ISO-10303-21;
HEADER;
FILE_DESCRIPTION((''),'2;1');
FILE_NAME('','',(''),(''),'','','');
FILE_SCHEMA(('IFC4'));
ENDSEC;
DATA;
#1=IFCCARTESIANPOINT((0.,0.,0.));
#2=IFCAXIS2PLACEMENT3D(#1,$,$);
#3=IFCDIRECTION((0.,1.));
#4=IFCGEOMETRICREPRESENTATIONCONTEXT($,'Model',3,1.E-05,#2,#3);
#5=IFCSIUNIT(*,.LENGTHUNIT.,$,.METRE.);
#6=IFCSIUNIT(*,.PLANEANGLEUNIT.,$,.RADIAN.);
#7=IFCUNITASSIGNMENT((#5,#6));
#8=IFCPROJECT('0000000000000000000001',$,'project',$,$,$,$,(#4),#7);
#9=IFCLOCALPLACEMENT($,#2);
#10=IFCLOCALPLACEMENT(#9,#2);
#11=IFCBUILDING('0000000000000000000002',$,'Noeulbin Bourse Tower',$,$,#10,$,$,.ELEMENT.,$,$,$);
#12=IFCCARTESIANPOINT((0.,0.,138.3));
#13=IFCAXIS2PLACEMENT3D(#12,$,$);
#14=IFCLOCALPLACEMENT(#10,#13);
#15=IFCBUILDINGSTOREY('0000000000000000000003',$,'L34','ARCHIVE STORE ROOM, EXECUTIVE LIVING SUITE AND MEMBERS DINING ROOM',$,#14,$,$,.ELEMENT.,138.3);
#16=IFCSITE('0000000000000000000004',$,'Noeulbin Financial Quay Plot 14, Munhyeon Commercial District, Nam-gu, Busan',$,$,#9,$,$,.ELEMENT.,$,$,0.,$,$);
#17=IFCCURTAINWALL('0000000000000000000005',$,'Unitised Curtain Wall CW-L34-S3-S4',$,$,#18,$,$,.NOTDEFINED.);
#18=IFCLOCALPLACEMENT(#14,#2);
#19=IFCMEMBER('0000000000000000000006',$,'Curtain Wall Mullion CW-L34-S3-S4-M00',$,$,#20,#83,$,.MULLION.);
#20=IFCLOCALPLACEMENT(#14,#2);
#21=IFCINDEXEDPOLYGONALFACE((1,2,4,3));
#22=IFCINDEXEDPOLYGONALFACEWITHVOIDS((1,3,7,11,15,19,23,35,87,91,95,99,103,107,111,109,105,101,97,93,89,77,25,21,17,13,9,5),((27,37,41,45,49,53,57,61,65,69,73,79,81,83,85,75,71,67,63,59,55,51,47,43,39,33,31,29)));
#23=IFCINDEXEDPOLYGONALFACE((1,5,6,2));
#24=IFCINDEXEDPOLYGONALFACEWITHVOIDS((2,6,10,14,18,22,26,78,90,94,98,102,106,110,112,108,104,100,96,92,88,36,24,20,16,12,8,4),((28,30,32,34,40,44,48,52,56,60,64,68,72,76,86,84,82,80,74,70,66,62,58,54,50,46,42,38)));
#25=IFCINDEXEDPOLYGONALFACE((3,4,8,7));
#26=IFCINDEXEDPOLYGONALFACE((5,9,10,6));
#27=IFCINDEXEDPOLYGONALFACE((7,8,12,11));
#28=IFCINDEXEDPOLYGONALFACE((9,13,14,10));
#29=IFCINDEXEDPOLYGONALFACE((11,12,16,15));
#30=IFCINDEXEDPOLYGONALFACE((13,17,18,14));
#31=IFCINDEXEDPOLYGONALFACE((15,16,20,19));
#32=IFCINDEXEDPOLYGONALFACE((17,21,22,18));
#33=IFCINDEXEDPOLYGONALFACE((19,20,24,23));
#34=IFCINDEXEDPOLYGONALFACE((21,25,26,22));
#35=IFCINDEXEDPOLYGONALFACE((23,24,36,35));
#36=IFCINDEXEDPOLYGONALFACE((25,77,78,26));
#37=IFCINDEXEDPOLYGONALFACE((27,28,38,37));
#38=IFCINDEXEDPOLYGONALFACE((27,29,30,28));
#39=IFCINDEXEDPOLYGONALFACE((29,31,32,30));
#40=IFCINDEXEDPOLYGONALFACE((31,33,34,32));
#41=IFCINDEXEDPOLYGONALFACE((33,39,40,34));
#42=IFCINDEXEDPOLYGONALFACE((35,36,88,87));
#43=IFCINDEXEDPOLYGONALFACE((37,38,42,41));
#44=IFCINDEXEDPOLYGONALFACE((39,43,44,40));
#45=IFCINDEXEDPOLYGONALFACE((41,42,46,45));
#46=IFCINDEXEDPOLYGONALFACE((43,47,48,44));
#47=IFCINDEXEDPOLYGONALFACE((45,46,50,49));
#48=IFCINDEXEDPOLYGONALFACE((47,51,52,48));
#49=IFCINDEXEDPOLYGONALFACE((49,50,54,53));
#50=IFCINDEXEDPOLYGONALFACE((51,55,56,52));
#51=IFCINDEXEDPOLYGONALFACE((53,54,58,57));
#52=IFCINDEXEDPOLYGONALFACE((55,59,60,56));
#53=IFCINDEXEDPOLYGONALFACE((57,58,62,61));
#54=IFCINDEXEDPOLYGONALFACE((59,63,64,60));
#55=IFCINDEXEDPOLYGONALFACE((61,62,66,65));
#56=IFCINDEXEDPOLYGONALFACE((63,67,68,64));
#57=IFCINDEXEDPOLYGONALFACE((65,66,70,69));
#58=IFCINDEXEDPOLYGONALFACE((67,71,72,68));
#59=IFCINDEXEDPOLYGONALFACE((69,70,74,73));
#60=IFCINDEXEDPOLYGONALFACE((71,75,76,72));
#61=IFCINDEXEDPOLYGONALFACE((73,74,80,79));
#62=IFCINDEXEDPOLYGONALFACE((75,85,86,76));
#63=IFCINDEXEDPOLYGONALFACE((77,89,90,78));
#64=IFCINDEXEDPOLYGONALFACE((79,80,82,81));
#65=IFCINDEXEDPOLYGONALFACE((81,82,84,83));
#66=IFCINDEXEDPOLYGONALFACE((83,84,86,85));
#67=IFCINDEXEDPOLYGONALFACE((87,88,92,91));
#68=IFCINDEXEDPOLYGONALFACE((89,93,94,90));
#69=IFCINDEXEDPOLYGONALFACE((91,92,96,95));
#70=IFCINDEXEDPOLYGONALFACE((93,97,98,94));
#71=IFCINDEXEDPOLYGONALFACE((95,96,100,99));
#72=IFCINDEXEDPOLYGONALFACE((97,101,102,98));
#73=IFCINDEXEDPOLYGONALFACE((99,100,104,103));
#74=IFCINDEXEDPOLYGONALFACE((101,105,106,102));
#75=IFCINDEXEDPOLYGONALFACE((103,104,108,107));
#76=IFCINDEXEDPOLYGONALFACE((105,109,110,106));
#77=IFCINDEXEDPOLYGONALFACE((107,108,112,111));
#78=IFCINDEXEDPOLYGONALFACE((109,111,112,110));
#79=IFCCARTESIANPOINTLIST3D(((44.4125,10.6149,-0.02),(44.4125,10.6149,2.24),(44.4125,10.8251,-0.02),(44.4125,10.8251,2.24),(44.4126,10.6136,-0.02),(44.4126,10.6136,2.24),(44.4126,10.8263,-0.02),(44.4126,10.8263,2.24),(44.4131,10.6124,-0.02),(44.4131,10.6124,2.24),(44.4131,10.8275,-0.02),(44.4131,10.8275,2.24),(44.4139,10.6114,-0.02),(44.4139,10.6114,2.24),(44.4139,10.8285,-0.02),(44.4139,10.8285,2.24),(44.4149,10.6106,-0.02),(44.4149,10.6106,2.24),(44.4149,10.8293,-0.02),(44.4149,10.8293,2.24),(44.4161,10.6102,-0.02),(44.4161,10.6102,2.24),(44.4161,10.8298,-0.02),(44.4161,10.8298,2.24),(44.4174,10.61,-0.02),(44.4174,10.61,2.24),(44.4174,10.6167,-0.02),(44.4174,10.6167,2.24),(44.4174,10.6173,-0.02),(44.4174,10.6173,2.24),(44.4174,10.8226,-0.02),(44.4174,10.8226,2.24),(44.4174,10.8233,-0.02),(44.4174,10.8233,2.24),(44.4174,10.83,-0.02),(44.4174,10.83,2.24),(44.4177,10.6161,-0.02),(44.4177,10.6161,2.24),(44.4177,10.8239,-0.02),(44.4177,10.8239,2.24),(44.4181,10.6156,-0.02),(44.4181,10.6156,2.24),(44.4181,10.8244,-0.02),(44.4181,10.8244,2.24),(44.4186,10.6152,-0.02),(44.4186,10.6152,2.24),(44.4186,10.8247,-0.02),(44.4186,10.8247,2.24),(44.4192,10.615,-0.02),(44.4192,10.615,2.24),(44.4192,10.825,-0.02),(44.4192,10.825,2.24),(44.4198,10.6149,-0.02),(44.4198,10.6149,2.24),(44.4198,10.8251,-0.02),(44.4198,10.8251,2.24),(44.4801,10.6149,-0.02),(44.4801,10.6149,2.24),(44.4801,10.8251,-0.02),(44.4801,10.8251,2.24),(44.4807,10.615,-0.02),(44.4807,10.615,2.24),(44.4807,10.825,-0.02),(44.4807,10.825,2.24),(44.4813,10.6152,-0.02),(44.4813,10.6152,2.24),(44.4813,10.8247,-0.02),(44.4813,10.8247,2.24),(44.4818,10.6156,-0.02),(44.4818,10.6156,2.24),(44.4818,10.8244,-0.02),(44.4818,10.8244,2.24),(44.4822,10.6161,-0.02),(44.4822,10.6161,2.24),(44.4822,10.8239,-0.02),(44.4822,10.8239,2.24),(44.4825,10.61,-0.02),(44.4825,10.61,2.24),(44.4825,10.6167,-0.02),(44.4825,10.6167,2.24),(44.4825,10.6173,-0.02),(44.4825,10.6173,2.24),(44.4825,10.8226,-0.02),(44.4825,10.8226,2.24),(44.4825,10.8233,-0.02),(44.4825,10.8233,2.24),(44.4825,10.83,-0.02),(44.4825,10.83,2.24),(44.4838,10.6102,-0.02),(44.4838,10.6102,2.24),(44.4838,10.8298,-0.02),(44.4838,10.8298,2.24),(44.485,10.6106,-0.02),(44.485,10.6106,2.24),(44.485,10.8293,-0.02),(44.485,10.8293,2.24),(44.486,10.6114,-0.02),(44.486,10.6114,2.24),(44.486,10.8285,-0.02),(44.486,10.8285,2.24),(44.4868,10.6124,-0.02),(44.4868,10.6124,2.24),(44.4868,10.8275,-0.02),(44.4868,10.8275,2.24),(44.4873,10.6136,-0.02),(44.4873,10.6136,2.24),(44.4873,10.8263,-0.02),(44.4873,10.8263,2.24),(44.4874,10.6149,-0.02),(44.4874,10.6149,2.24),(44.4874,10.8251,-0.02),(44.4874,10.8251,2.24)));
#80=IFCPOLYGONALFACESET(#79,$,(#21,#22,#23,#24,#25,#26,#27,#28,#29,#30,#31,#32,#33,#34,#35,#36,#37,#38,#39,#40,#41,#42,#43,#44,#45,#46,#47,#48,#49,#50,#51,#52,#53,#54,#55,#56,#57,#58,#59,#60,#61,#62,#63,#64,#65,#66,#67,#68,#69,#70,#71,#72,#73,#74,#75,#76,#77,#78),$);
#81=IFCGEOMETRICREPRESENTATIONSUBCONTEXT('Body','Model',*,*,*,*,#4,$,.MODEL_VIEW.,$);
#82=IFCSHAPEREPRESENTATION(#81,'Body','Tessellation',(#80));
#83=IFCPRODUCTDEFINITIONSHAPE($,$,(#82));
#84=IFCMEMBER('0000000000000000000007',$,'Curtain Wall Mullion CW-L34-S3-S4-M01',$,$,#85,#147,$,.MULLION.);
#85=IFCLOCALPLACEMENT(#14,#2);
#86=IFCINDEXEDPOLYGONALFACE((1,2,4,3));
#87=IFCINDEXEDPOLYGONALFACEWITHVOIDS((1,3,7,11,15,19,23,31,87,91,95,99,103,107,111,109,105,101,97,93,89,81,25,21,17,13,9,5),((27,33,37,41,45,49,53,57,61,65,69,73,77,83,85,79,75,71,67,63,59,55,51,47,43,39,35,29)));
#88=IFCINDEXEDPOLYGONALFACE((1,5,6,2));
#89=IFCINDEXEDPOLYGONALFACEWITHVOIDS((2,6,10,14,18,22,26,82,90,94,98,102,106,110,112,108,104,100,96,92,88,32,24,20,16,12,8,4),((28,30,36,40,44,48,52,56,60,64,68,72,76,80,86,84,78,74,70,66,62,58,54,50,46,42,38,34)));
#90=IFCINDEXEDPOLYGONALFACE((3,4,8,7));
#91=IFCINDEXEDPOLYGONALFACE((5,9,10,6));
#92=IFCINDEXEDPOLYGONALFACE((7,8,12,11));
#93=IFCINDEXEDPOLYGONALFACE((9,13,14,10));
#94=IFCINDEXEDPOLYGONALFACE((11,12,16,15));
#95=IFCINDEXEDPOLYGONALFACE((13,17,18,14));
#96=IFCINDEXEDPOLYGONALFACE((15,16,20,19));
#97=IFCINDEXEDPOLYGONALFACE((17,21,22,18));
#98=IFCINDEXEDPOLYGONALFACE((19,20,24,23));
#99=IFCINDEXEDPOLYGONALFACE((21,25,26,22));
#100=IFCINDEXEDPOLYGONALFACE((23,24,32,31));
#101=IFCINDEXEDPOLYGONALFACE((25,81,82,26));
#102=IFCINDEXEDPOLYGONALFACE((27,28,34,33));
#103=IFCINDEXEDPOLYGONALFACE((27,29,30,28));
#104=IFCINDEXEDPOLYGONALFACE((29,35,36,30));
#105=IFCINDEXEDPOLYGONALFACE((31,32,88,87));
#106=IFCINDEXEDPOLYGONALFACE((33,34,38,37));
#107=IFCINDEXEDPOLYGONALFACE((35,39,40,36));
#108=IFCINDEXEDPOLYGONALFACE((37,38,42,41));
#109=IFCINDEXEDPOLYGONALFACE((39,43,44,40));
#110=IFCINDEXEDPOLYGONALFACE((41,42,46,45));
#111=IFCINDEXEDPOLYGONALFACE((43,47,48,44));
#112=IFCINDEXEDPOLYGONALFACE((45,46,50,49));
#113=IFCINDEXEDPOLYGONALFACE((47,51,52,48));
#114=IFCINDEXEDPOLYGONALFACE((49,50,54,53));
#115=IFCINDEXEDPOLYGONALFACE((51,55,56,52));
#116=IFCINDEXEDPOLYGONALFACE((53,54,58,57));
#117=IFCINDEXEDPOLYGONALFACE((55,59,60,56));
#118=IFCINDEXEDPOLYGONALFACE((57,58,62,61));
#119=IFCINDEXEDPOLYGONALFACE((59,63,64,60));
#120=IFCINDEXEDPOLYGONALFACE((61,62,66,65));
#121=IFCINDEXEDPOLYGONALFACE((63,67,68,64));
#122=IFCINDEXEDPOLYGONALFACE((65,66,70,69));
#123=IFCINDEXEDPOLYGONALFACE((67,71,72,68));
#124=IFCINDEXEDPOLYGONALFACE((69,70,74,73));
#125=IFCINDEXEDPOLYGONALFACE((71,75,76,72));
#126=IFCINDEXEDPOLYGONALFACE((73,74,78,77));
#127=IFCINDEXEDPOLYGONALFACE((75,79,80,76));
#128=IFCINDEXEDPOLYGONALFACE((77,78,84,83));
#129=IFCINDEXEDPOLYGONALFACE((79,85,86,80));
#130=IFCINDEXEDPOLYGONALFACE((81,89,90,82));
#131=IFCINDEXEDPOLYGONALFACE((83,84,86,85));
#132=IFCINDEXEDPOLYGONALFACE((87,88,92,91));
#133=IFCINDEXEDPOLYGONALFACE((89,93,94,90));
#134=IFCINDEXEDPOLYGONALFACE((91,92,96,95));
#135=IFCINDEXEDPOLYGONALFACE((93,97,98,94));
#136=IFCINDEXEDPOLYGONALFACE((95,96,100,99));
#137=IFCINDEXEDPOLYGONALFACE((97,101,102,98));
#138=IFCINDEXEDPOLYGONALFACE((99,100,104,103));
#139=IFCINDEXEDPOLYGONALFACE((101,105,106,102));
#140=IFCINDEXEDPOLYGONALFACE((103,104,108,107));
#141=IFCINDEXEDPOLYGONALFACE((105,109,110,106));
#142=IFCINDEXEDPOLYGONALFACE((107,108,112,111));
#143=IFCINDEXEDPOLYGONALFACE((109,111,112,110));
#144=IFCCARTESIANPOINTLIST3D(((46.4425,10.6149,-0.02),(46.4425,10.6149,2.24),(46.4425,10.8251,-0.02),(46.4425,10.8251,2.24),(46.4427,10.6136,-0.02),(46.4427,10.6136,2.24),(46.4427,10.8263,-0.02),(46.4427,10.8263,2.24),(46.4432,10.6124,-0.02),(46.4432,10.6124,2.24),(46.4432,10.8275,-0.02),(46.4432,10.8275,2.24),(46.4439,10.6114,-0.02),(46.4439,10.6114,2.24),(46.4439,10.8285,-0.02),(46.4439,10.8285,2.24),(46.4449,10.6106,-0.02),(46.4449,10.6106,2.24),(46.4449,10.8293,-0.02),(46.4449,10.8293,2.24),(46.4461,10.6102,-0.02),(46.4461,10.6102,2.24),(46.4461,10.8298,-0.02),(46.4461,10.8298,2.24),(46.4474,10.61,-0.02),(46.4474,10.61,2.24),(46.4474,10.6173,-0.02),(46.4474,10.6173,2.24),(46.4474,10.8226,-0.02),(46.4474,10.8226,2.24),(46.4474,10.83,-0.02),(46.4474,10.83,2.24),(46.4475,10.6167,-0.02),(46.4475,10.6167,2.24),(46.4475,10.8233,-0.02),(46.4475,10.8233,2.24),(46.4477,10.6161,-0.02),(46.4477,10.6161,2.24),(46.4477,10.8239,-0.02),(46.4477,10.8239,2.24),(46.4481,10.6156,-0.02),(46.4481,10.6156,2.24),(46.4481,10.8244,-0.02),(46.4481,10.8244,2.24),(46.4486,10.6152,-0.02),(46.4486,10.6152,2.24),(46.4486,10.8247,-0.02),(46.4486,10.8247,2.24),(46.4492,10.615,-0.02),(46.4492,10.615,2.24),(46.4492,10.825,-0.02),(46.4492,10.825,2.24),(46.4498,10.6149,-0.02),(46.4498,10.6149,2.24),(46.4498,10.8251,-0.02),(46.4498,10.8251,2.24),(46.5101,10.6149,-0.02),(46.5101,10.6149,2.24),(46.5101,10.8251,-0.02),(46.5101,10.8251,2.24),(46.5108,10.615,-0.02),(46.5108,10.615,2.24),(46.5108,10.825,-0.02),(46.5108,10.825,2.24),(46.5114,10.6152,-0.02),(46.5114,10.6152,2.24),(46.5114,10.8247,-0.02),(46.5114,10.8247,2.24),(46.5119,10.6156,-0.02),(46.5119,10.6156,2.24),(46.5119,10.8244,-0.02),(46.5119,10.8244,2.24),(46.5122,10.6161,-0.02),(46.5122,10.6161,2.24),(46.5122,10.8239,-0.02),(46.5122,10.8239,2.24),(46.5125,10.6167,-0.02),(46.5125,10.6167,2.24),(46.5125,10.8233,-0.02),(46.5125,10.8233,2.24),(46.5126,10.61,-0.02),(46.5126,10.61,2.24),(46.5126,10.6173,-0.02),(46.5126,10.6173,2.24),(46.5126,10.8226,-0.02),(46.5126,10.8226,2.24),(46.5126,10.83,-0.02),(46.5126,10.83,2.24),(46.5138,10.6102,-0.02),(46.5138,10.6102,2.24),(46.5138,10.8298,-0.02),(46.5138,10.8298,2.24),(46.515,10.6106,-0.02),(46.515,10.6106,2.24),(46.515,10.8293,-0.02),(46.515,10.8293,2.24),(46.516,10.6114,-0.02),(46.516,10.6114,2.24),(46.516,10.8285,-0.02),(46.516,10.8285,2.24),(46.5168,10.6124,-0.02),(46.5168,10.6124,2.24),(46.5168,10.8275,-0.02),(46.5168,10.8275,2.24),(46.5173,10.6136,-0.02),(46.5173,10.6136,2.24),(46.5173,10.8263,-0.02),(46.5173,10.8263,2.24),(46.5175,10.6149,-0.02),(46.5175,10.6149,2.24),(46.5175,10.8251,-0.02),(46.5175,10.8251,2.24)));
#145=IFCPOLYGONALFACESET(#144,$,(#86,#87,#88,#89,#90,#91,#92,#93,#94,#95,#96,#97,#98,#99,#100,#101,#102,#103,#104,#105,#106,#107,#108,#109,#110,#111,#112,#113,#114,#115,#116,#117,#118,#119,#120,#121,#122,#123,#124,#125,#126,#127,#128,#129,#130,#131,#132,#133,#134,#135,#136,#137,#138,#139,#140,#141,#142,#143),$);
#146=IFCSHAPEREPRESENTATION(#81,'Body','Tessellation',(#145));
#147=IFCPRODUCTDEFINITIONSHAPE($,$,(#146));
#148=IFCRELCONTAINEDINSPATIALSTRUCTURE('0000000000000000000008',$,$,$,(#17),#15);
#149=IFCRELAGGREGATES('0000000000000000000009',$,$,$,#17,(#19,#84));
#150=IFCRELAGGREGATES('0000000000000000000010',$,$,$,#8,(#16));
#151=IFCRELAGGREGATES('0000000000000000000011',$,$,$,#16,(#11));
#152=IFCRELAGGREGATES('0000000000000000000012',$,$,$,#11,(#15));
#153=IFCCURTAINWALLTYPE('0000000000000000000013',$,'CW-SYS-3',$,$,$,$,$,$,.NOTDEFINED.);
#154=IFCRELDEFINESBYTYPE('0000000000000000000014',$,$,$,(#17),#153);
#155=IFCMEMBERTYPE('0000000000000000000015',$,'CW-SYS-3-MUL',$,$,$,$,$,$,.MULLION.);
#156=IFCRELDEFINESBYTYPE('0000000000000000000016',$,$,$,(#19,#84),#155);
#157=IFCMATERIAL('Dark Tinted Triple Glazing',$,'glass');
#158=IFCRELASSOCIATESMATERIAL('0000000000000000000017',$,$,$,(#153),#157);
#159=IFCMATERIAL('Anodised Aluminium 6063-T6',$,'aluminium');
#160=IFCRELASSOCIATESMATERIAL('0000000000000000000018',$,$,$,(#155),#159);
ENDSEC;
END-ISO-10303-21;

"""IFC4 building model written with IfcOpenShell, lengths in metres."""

from ifc_helpers import new_model, si_unit, direction, frame, origin, origin_2d, place, context, subcontext, project, spatial, hollow_rectangle, extrude, material, material_profile, profile_set, type_object, element, aggregate, save


model = new_model("IFC4")

# Units and contexts
model_context = context("Model", 3, precision=1e-05, world=origin(), true_north=direction((0.0, 1.0)))
body_context = subcontext(model_context, "Body", "Model", "MODEL_VIEW")
ifc_project = project(units=[si_unit("LENGTHUNIT", "METRE"), si_unit("PLANEANGLEUNIT", "RADIAN")], contexts=[model_context])

# Site, building, storey
site_placement = place(None, origin())
site = spatial("IfcSite", under=ifc_project, at=site_placement, Name="Noeulbin Financial Quay Plot 14, Munhyeon Commercial District, Nam-gu, Busan", CompositionType="ELEMENT", RefElevation=0.0)
building_placement = place(site_placement, origin())
building = spatial("IfcBuilding", under=site, at=building_placement, Name="Noeulbin Bourse Tower", CompositionType="ELEMENT")
storey_placement = place(building_placement, frame((0.0, 0.0, 138.3)))
storey = spatial("IfcBuildingStorey", under=building, at=storey_placement, Name="L34", Description="ARCHIVE STORE ROOM, EXECUTIVE LIVING SUITE AND MEMBERS DINING ROOM", CompositionType="ELEMENT", Elevation=138.3)

# Curtain wall, members
ifc_material_1 = material(Name="Dark Tinted Triple Glazing", Category="glass")
curtain_wall_type = type_object("IfcCurtainWallType", Name="CW-SYS-3", PredefinedType="NOTDEFINED", material=ifc_material_1)
curtain_wall_1_placement = place(storey_placement, origin())
curtain_wall_1 = element("IfcCurtainWall", 1, at=curtain_wall_1_placement, inside=storey, type_object=curtain_wall_type, Name="Unitised Curtain Wall CW-L34-S3-S4", PredefinedType="NOTDEFINED")
ifc_material_2 = material(Name="Anodised Aluminium 6063-T6", Category="aluminium")
ifc_material_profile_1 = material_profile(ifc_material_2, hollow_rectangle(XDim=0.075, YDim=0.22, WallThickness=0.0049, InnerFilletRadius=0.0024, OuterFilletRadius=0.0049, at=origin_2d()), Name="ALU-MULL-75x220x5", Category="LoadBearing")
ifc_profile_set_1 = profile_set([ifc_material_profile_1], Name="Anodised Aluminium 6063-T6")
member_type_1 = type_object("IfcMemberType", Name="CW-SYS-3-MUL", PredefinedType="MULLION", material=ifc_profile_set_1)
member_1_placement = place(storey_placement, frame((44.45, 10.72, -0.02), z_axis=(0.0, 0.0, 1.0), x_axis=(1.0, 0.0, 0.0)))
member_1 = element("IfcMember", 2, at=member_1_placement, type_object=member_type_1, Name="Curtain Wall Mullion CW-L34-S3-S4-M00", PredefinedType="MULLION", context=body_context, shape_type="SweptSolid", body=[
    extrude(hollow_rectangle(XDim=0.075, YDim=0.22, WallThickness=0.0049, InnerFilletRadius=0.0024, OuterFilletRadius=0.0049, at=origin_2d()), origin(), (0.0, 0.0, 1.0), 2.26),
])
member_2_placement = place(storey_placement, frame((46.48, 10.72, -0.02), z_axis=(0.0, 0.0, 1.0), x_axis=(1.0, 0.0, 0.0)))
member_2 = element("IfcMember", 3, at=member_2_placement, type_object=member_type_1, Name="Curtain Wall Mullion CW-L34-S3-S4-M01", PredefinedType="MULLION", context=body_context, shape_type="SweptSolid", body=[
    extrude(hollow_rectangle(XDim=0.075, YDim=0.22, WallThickness=0.0049, InnerFilletRadius=0.0024, OuterFilletRadius=0.0049, at=origin_2d()), origin(), (0.0, 0.0, 1.0), 2.26),
])

aggregate(curtain_wall_1, [member_1, member_2])

save(model, "model.ifc")
